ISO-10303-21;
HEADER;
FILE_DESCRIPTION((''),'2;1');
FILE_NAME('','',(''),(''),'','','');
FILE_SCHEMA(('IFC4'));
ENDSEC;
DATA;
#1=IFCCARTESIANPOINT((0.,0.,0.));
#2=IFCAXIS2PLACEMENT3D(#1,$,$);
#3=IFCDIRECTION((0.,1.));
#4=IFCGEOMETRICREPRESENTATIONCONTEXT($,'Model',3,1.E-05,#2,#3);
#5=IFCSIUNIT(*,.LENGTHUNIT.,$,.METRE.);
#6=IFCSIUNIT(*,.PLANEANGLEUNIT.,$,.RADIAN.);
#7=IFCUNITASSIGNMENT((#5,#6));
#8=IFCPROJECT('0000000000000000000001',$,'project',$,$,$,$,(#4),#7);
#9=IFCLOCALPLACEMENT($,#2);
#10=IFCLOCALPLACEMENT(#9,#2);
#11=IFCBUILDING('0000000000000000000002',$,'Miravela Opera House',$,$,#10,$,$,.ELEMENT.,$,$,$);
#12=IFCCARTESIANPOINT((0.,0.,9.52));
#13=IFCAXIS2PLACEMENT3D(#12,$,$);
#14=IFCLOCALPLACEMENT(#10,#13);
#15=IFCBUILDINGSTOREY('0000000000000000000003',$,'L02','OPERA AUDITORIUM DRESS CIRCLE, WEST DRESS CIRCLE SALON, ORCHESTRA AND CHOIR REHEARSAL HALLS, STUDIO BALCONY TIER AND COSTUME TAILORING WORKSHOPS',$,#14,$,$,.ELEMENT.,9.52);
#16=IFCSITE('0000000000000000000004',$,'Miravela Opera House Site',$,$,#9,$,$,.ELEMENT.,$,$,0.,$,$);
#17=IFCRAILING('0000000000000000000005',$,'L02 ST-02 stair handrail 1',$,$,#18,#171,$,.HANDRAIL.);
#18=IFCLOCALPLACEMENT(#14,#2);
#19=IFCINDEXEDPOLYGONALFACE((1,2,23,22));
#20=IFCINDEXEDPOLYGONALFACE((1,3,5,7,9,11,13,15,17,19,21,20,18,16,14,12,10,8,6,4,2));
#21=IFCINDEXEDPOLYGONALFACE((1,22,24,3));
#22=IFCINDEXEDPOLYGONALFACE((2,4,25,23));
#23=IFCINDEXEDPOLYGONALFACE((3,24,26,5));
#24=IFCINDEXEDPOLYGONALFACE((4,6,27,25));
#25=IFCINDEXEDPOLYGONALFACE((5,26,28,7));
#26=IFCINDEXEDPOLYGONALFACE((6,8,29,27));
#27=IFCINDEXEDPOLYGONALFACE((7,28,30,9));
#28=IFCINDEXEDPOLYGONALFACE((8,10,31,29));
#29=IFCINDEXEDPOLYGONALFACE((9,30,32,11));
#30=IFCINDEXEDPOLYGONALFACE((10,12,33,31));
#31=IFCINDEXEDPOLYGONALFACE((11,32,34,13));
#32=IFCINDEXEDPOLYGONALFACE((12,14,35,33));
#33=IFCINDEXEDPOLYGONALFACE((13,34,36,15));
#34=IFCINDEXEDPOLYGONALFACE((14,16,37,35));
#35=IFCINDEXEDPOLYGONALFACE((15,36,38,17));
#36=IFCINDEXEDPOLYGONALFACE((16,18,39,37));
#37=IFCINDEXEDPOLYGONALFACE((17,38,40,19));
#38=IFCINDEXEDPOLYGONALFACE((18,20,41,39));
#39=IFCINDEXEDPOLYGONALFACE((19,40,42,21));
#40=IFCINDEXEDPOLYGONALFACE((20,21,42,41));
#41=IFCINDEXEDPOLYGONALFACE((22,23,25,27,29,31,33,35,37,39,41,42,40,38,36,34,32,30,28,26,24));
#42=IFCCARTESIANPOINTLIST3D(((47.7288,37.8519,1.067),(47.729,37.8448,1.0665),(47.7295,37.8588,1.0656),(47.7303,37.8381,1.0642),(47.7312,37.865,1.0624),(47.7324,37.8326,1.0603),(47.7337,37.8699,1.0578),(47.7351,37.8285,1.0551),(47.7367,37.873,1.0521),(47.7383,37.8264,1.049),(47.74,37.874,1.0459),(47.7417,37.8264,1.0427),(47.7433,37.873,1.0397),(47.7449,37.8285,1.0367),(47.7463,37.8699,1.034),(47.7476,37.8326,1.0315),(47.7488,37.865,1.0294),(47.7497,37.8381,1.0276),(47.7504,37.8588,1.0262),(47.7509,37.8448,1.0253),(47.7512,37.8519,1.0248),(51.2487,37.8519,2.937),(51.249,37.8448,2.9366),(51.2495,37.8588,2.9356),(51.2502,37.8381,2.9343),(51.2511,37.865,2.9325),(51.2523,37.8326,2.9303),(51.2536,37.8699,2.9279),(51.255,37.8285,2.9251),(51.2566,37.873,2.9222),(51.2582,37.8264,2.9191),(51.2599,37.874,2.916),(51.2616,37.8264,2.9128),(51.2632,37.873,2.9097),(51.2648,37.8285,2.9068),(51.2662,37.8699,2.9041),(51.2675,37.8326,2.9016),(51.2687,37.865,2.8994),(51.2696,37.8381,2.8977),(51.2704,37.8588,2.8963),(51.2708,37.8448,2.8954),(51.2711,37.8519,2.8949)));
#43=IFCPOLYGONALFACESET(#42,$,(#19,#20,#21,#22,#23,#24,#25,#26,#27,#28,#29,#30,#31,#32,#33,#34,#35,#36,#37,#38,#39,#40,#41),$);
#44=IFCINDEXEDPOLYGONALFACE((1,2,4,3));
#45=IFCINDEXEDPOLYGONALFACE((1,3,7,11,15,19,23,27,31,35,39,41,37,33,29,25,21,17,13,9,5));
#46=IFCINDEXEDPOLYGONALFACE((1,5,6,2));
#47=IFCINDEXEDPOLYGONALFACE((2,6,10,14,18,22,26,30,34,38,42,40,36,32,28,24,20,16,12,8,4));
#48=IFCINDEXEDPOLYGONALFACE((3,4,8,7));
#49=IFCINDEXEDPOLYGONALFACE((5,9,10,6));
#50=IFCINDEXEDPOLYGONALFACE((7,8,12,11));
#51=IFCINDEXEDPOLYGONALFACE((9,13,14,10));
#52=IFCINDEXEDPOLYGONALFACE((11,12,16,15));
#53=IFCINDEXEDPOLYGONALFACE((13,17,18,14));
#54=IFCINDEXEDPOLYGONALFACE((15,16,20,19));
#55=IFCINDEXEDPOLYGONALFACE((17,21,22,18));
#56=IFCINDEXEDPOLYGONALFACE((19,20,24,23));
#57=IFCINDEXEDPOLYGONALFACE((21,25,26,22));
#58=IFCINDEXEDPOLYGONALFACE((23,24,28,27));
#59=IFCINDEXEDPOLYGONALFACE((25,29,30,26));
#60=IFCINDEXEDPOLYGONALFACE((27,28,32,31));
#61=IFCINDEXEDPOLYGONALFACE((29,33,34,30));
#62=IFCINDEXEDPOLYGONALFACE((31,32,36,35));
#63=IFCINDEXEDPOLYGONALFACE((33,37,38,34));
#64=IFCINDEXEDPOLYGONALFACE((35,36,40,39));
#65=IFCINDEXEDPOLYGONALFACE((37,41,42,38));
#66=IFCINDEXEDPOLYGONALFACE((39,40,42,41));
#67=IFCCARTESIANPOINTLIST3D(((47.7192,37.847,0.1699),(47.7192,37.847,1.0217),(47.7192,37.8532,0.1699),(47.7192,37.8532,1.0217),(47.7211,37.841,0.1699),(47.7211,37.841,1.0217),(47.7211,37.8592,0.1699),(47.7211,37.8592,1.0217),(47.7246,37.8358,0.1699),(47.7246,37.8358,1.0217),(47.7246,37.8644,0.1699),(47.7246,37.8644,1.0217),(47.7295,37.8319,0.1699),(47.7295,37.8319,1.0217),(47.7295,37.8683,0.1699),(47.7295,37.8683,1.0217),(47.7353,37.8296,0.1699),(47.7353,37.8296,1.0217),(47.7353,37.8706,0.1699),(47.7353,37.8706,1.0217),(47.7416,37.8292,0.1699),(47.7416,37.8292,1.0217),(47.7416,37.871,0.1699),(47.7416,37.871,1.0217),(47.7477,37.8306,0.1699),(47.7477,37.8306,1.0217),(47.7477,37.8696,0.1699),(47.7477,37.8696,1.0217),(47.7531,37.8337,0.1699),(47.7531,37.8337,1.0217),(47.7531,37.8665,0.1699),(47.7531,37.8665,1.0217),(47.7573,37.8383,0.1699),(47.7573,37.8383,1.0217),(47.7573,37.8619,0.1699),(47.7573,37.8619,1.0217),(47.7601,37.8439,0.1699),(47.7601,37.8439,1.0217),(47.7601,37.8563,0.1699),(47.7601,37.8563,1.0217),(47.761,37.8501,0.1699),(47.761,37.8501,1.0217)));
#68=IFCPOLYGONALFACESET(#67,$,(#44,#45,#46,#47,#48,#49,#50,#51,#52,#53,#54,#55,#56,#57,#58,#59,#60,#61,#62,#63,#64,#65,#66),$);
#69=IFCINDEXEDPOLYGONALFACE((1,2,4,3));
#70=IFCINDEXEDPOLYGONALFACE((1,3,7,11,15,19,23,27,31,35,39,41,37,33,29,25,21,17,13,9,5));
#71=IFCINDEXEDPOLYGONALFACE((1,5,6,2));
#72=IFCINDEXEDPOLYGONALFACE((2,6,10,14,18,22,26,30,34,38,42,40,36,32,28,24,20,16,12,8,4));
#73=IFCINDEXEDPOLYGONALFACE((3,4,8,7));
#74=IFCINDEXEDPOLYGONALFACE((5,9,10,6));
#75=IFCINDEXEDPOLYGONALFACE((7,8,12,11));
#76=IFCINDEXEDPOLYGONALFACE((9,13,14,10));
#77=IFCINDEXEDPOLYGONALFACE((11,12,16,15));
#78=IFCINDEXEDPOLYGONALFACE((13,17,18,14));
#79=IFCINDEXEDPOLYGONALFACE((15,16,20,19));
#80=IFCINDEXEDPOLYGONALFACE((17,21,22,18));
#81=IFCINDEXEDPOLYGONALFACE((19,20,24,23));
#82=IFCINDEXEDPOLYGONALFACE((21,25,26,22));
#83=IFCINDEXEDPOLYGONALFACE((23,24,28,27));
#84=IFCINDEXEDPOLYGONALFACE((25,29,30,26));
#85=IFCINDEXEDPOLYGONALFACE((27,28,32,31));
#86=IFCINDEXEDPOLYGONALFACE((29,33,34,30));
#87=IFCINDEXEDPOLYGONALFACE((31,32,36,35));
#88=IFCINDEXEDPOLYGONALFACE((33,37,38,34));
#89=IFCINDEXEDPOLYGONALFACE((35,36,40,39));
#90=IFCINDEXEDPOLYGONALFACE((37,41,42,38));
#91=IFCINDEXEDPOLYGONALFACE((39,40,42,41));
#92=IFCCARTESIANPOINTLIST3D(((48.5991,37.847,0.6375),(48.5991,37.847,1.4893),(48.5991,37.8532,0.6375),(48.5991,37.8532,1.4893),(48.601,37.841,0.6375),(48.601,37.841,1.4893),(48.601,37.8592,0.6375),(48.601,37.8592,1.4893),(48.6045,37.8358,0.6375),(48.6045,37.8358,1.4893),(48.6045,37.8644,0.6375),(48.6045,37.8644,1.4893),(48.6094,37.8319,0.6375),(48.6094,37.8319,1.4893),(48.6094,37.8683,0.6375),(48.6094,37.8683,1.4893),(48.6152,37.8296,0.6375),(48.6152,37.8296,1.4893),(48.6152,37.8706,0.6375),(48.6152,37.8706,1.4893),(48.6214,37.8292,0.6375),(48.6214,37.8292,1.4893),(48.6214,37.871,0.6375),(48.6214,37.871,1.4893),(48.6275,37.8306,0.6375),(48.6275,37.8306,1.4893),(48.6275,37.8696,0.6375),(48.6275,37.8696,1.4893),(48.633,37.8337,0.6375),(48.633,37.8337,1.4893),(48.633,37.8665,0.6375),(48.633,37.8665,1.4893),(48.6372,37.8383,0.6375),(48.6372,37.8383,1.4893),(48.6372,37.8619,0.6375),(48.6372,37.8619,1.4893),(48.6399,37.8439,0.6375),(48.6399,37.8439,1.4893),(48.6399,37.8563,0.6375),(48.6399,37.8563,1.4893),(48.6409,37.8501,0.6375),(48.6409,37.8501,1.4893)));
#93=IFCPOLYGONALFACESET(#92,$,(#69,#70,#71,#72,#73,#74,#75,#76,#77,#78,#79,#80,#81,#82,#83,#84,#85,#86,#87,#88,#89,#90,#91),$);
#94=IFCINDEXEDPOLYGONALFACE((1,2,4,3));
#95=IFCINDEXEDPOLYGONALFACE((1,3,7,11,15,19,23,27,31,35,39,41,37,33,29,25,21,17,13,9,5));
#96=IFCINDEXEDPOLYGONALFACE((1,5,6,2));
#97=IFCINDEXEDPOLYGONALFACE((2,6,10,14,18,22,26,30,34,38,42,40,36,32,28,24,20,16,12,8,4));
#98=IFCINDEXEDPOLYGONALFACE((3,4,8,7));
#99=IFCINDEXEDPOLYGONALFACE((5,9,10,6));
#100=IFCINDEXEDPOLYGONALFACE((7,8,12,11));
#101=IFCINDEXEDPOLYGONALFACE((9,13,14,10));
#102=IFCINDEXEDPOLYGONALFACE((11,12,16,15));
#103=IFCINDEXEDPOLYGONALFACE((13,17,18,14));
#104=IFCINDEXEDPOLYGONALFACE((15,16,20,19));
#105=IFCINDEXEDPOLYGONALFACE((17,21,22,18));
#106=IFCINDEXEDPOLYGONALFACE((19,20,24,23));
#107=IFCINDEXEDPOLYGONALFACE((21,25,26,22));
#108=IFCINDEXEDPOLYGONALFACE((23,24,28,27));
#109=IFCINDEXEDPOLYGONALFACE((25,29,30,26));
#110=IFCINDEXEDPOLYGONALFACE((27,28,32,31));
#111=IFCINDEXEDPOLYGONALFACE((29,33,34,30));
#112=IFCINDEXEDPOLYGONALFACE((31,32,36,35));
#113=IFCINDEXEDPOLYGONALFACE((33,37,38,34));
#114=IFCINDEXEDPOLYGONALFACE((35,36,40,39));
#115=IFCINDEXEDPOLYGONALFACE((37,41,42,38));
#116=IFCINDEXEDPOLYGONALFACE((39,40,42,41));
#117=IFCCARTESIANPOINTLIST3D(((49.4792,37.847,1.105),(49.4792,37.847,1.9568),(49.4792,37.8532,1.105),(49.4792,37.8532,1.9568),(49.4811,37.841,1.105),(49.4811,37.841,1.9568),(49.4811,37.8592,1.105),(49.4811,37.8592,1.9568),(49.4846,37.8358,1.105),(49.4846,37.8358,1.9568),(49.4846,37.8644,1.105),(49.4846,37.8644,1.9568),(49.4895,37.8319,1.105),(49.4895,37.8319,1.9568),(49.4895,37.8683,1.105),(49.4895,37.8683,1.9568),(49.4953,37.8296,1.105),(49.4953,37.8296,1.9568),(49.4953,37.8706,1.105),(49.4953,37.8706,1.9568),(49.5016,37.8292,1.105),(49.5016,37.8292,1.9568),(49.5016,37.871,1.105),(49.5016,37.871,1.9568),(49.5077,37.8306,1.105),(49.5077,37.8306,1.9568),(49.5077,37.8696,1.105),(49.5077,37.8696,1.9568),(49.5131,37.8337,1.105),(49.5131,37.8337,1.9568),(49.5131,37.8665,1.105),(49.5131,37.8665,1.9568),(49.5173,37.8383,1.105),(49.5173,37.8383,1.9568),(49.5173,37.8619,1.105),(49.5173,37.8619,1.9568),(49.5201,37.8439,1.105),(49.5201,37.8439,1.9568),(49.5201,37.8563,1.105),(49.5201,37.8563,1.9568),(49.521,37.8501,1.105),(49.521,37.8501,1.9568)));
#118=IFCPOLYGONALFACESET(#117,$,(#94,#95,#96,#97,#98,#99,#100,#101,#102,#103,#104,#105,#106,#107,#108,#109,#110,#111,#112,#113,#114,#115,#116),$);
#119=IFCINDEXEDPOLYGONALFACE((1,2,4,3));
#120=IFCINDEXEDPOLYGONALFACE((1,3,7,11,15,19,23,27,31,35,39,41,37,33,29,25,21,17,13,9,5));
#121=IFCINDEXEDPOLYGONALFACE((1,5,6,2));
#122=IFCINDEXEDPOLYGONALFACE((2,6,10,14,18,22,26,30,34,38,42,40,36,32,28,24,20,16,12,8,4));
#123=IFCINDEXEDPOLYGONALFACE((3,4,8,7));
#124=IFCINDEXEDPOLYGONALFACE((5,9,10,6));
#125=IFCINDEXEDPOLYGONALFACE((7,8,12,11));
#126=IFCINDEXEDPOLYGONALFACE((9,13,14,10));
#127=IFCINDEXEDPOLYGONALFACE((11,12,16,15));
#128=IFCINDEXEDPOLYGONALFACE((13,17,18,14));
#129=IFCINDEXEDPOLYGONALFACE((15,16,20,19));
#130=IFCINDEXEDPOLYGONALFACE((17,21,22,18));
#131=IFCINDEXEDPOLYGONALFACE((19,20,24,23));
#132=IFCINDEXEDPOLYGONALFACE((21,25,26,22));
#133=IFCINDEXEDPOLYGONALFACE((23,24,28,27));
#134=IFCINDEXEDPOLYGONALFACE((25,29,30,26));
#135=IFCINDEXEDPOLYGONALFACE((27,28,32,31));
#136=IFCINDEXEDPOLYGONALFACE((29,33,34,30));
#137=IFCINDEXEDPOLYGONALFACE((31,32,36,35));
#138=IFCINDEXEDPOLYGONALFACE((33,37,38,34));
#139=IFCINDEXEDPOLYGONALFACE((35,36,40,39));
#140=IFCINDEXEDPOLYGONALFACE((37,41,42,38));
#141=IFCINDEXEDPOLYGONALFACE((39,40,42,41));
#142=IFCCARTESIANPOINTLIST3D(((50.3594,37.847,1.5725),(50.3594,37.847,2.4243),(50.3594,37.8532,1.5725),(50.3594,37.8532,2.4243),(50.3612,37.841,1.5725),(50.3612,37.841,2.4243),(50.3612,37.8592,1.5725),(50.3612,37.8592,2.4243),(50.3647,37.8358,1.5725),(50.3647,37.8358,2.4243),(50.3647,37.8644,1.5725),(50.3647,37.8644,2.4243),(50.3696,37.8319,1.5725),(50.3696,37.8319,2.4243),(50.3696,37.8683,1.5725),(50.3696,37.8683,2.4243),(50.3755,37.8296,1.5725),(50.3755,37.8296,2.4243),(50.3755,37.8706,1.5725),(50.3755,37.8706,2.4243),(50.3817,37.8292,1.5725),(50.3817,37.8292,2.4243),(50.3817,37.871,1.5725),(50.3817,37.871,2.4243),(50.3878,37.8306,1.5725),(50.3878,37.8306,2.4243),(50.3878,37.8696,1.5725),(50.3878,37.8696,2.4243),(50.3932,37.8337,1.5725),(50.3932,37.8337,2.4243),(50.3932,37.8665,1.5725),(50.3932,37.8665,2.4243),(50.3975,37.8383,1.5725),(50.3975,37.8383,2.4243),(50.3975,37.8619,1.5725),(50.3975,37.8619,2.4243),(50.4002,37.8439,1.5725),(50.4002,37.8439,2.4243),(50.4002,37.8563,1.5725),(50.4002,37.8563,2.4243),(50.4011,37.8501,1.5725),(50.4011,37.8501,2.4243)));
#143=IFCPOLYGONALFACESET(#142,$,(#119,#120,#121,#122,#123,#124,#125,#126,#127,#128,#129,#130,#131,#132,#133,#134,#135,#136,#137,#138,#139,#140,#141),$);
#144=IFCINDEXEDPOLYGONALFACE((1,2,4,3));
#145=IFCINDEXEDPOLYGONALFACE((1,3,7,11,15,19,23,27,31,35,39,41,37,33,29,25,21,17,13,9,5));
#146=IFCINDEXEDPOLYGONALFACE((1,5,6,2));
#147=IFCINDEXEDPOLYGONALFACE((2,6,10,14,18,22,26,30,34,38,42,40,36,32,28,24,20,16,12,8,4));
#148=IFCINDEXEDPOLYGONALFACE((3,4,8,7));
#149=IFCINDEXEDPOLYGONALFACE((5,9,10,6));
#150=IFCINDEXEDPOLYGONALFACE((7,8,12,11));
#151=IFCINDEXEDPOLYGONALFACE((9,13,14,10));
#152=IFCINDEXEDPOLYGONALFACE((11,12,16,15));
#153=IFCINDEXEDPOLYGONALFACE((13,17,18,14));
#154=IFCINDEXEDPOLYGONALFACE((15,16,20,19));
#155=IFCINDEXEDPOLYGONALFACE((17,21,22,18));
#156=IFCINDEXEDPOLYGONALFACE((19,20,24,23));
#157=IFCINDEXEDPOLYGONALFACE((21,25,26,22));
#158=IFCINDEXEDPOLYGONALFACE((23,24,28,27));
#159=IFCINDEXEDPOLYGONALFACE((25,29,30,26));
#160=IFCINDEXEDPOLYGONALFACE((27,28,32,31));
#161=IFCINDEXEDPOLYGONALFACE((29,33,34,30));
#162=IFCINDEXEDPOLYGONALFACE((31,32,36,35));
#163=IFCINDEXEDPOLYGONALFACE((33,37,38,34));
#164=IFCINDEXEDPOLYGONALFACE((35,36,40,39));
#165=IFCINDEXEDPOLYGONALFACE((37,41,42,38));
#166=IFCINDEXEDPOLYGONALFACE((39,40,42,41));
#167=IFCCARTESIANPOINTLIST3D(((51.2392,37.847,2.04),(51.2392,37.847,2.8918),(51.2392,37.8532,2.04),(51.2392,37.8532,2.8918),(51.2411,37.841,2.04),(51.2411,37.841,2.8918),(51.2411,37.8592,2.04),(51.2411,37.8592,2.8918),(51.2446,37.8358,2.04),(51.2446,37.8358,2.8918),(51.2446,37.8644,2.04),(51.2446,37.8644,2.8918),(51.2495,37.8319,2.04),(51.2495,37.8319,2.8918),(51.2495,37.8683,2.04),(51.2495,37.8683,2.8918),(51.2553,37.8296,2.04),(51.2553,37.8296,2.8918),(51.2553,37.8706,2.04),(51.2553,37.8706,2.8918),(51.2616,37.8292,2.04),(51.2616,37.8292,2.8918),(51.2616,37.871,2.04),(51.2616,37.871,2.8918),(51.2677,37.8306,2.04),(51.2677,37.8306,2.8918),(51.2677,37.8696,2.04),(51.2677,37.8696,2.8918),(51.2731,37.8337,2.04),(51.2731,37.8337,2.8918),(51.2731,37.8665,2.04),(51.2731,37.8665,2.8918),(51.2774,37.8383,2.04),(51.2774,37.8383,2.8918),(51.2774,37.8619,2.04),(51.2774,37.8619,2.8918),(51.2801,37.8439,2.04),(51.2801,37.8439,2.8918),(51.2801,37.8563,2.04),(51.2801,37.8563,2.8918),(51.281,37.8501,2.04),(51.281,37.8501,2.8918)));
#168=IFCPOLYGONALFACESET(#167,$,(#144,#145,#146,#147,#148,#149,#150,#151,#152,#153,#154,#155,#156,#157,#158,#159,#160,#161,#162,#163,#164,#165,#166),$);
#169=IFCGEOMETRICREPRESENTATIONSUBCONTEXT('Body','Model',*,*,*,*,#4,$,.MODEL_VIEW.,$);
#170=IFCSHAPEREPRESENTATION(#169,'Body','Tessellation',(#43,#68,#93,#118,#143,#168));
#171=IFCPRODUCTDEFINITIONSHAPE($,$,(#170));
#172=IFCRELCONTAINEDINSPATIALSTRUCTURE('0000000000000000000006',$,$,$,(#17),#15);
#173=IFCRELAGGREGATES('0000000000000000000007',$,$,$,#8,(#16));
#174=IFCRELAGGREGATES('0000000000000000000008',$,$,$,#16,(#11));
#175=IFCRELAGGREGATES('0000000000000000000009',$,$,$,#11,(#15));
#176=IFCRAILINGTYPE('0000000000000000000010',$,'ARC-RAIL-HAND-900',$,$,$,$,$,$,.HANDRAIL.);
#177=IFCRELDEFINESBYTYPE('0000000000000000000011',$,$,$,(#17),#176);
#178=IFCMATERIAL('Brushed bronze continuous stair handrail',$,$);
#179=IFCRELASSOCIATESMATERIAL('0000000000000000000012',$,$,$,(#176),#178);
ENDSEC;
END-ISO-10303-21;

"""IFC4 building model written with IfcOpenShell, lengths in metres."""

from ifc_helpers import new_model, si_unit, direction, frame, origin, origin_2d, place, context, subcontext, project, spatial, circle, extrude, material, type_object, element, save


model = new_model("IFC4")

# Units and contexts
model_context = context("Model", 3, precision=1e-05, world=origin(), true_north=direction((0.0, 1.0)))
body_context = subcontext(model_context, "Body", "Model", "MODEL_VIEW")
ifc_project = project(units=[si_unit("LENGTHUNIT", "METRE"), si_unit("PLANEANGLEUNIT", "RADIAN")], contexts=[model_context])

# Site, building, storey
site_placement = place(None, origin())
site = spatial("IfcSite", under=ifc_project, at=site_placement, Name="Miravela Opera House Site", CompositionType="ELEMENT", RefElevation=0.0)
building_placement = place(site_placement, origin())
building = spatial("IfcBuilding", under=site, at=building_placement, Name="Miravela Opera House", CompositionType="ELEMENT")
storey_placement = place(building_placement, frame((0.0, 0.0, 9.52)))
storey = spatial("IfcBuildingStorey", under=building, at=storey_placement, Name="L02", Description="OPERA AUDITORIUM DRESS CIRCLE, WEST DRESS CIRCLE SALON, ORCHESTRA AND CHOIR REHEARSAL HALLS, STUDIO BALCONY TIER AND COSTUME TAILORING WORKSHOPS", CompositionType="ELEMENT", Elevation=9.52)

# Railing
ifc_material_1 = material(Name="Brushed bronze continuous stair handrail")
railing_type_1 = type_object("IfcRailingType", Name="ARC-RAIL-HAND-900", PredefinedType="HANDRAIL", material=ifc_material_1)
railing_1_placement = place(storey_placement, frame((47.74, 37.8501, 0.1699)))
element("IfcRailing", 1, at=railing_1_placement, inside=storey, type_object=railing_type_1, Name="L02 ST-02 stair handrail 1", PredefinedType="HANDRAIL", context=body_context, shape_type="SweptSolid", body=[
    extrude(circle(Radius=0.0239, at=origin_2d()), frame((0.0, 0.0, 0.876), z_axis=(0.883105, 0.0, 0.469176), x_axis=(0.0, 1.0, 0.0)), (0.0, 0.0, 1.0), 3.9858),
    extrude(circle(Radius=0.021, at=origin_2d()), origin(), (0.0, 0.0, 1.0), 0.8518),
    extrude(circle(Radius=0.021, at=origin_2d()), frame((0.8799, 0.0, 0.4675)), (0.0, 0.0, 1.0), 0.8518),
    extrude(circle(Radius=0.021, at=origin_2d()), frame((1.76, 0.0, 0.9351)), (0.0, 0.0, 1.0), 0.8518),
    extrude(circle(Radius=0.021, at=origin_2d()), frame((2.6401, 0.0, 1.4026)), (0.0, 0.0, 1.0), 0.8518),
    extrude(circle(Radius=0.021, at=origin_2d()), frame((3.52, 0.0, 1.8701)), (0.0, 0.0, 1.0), 0.8518),
])

save(model, "model.ifc")
